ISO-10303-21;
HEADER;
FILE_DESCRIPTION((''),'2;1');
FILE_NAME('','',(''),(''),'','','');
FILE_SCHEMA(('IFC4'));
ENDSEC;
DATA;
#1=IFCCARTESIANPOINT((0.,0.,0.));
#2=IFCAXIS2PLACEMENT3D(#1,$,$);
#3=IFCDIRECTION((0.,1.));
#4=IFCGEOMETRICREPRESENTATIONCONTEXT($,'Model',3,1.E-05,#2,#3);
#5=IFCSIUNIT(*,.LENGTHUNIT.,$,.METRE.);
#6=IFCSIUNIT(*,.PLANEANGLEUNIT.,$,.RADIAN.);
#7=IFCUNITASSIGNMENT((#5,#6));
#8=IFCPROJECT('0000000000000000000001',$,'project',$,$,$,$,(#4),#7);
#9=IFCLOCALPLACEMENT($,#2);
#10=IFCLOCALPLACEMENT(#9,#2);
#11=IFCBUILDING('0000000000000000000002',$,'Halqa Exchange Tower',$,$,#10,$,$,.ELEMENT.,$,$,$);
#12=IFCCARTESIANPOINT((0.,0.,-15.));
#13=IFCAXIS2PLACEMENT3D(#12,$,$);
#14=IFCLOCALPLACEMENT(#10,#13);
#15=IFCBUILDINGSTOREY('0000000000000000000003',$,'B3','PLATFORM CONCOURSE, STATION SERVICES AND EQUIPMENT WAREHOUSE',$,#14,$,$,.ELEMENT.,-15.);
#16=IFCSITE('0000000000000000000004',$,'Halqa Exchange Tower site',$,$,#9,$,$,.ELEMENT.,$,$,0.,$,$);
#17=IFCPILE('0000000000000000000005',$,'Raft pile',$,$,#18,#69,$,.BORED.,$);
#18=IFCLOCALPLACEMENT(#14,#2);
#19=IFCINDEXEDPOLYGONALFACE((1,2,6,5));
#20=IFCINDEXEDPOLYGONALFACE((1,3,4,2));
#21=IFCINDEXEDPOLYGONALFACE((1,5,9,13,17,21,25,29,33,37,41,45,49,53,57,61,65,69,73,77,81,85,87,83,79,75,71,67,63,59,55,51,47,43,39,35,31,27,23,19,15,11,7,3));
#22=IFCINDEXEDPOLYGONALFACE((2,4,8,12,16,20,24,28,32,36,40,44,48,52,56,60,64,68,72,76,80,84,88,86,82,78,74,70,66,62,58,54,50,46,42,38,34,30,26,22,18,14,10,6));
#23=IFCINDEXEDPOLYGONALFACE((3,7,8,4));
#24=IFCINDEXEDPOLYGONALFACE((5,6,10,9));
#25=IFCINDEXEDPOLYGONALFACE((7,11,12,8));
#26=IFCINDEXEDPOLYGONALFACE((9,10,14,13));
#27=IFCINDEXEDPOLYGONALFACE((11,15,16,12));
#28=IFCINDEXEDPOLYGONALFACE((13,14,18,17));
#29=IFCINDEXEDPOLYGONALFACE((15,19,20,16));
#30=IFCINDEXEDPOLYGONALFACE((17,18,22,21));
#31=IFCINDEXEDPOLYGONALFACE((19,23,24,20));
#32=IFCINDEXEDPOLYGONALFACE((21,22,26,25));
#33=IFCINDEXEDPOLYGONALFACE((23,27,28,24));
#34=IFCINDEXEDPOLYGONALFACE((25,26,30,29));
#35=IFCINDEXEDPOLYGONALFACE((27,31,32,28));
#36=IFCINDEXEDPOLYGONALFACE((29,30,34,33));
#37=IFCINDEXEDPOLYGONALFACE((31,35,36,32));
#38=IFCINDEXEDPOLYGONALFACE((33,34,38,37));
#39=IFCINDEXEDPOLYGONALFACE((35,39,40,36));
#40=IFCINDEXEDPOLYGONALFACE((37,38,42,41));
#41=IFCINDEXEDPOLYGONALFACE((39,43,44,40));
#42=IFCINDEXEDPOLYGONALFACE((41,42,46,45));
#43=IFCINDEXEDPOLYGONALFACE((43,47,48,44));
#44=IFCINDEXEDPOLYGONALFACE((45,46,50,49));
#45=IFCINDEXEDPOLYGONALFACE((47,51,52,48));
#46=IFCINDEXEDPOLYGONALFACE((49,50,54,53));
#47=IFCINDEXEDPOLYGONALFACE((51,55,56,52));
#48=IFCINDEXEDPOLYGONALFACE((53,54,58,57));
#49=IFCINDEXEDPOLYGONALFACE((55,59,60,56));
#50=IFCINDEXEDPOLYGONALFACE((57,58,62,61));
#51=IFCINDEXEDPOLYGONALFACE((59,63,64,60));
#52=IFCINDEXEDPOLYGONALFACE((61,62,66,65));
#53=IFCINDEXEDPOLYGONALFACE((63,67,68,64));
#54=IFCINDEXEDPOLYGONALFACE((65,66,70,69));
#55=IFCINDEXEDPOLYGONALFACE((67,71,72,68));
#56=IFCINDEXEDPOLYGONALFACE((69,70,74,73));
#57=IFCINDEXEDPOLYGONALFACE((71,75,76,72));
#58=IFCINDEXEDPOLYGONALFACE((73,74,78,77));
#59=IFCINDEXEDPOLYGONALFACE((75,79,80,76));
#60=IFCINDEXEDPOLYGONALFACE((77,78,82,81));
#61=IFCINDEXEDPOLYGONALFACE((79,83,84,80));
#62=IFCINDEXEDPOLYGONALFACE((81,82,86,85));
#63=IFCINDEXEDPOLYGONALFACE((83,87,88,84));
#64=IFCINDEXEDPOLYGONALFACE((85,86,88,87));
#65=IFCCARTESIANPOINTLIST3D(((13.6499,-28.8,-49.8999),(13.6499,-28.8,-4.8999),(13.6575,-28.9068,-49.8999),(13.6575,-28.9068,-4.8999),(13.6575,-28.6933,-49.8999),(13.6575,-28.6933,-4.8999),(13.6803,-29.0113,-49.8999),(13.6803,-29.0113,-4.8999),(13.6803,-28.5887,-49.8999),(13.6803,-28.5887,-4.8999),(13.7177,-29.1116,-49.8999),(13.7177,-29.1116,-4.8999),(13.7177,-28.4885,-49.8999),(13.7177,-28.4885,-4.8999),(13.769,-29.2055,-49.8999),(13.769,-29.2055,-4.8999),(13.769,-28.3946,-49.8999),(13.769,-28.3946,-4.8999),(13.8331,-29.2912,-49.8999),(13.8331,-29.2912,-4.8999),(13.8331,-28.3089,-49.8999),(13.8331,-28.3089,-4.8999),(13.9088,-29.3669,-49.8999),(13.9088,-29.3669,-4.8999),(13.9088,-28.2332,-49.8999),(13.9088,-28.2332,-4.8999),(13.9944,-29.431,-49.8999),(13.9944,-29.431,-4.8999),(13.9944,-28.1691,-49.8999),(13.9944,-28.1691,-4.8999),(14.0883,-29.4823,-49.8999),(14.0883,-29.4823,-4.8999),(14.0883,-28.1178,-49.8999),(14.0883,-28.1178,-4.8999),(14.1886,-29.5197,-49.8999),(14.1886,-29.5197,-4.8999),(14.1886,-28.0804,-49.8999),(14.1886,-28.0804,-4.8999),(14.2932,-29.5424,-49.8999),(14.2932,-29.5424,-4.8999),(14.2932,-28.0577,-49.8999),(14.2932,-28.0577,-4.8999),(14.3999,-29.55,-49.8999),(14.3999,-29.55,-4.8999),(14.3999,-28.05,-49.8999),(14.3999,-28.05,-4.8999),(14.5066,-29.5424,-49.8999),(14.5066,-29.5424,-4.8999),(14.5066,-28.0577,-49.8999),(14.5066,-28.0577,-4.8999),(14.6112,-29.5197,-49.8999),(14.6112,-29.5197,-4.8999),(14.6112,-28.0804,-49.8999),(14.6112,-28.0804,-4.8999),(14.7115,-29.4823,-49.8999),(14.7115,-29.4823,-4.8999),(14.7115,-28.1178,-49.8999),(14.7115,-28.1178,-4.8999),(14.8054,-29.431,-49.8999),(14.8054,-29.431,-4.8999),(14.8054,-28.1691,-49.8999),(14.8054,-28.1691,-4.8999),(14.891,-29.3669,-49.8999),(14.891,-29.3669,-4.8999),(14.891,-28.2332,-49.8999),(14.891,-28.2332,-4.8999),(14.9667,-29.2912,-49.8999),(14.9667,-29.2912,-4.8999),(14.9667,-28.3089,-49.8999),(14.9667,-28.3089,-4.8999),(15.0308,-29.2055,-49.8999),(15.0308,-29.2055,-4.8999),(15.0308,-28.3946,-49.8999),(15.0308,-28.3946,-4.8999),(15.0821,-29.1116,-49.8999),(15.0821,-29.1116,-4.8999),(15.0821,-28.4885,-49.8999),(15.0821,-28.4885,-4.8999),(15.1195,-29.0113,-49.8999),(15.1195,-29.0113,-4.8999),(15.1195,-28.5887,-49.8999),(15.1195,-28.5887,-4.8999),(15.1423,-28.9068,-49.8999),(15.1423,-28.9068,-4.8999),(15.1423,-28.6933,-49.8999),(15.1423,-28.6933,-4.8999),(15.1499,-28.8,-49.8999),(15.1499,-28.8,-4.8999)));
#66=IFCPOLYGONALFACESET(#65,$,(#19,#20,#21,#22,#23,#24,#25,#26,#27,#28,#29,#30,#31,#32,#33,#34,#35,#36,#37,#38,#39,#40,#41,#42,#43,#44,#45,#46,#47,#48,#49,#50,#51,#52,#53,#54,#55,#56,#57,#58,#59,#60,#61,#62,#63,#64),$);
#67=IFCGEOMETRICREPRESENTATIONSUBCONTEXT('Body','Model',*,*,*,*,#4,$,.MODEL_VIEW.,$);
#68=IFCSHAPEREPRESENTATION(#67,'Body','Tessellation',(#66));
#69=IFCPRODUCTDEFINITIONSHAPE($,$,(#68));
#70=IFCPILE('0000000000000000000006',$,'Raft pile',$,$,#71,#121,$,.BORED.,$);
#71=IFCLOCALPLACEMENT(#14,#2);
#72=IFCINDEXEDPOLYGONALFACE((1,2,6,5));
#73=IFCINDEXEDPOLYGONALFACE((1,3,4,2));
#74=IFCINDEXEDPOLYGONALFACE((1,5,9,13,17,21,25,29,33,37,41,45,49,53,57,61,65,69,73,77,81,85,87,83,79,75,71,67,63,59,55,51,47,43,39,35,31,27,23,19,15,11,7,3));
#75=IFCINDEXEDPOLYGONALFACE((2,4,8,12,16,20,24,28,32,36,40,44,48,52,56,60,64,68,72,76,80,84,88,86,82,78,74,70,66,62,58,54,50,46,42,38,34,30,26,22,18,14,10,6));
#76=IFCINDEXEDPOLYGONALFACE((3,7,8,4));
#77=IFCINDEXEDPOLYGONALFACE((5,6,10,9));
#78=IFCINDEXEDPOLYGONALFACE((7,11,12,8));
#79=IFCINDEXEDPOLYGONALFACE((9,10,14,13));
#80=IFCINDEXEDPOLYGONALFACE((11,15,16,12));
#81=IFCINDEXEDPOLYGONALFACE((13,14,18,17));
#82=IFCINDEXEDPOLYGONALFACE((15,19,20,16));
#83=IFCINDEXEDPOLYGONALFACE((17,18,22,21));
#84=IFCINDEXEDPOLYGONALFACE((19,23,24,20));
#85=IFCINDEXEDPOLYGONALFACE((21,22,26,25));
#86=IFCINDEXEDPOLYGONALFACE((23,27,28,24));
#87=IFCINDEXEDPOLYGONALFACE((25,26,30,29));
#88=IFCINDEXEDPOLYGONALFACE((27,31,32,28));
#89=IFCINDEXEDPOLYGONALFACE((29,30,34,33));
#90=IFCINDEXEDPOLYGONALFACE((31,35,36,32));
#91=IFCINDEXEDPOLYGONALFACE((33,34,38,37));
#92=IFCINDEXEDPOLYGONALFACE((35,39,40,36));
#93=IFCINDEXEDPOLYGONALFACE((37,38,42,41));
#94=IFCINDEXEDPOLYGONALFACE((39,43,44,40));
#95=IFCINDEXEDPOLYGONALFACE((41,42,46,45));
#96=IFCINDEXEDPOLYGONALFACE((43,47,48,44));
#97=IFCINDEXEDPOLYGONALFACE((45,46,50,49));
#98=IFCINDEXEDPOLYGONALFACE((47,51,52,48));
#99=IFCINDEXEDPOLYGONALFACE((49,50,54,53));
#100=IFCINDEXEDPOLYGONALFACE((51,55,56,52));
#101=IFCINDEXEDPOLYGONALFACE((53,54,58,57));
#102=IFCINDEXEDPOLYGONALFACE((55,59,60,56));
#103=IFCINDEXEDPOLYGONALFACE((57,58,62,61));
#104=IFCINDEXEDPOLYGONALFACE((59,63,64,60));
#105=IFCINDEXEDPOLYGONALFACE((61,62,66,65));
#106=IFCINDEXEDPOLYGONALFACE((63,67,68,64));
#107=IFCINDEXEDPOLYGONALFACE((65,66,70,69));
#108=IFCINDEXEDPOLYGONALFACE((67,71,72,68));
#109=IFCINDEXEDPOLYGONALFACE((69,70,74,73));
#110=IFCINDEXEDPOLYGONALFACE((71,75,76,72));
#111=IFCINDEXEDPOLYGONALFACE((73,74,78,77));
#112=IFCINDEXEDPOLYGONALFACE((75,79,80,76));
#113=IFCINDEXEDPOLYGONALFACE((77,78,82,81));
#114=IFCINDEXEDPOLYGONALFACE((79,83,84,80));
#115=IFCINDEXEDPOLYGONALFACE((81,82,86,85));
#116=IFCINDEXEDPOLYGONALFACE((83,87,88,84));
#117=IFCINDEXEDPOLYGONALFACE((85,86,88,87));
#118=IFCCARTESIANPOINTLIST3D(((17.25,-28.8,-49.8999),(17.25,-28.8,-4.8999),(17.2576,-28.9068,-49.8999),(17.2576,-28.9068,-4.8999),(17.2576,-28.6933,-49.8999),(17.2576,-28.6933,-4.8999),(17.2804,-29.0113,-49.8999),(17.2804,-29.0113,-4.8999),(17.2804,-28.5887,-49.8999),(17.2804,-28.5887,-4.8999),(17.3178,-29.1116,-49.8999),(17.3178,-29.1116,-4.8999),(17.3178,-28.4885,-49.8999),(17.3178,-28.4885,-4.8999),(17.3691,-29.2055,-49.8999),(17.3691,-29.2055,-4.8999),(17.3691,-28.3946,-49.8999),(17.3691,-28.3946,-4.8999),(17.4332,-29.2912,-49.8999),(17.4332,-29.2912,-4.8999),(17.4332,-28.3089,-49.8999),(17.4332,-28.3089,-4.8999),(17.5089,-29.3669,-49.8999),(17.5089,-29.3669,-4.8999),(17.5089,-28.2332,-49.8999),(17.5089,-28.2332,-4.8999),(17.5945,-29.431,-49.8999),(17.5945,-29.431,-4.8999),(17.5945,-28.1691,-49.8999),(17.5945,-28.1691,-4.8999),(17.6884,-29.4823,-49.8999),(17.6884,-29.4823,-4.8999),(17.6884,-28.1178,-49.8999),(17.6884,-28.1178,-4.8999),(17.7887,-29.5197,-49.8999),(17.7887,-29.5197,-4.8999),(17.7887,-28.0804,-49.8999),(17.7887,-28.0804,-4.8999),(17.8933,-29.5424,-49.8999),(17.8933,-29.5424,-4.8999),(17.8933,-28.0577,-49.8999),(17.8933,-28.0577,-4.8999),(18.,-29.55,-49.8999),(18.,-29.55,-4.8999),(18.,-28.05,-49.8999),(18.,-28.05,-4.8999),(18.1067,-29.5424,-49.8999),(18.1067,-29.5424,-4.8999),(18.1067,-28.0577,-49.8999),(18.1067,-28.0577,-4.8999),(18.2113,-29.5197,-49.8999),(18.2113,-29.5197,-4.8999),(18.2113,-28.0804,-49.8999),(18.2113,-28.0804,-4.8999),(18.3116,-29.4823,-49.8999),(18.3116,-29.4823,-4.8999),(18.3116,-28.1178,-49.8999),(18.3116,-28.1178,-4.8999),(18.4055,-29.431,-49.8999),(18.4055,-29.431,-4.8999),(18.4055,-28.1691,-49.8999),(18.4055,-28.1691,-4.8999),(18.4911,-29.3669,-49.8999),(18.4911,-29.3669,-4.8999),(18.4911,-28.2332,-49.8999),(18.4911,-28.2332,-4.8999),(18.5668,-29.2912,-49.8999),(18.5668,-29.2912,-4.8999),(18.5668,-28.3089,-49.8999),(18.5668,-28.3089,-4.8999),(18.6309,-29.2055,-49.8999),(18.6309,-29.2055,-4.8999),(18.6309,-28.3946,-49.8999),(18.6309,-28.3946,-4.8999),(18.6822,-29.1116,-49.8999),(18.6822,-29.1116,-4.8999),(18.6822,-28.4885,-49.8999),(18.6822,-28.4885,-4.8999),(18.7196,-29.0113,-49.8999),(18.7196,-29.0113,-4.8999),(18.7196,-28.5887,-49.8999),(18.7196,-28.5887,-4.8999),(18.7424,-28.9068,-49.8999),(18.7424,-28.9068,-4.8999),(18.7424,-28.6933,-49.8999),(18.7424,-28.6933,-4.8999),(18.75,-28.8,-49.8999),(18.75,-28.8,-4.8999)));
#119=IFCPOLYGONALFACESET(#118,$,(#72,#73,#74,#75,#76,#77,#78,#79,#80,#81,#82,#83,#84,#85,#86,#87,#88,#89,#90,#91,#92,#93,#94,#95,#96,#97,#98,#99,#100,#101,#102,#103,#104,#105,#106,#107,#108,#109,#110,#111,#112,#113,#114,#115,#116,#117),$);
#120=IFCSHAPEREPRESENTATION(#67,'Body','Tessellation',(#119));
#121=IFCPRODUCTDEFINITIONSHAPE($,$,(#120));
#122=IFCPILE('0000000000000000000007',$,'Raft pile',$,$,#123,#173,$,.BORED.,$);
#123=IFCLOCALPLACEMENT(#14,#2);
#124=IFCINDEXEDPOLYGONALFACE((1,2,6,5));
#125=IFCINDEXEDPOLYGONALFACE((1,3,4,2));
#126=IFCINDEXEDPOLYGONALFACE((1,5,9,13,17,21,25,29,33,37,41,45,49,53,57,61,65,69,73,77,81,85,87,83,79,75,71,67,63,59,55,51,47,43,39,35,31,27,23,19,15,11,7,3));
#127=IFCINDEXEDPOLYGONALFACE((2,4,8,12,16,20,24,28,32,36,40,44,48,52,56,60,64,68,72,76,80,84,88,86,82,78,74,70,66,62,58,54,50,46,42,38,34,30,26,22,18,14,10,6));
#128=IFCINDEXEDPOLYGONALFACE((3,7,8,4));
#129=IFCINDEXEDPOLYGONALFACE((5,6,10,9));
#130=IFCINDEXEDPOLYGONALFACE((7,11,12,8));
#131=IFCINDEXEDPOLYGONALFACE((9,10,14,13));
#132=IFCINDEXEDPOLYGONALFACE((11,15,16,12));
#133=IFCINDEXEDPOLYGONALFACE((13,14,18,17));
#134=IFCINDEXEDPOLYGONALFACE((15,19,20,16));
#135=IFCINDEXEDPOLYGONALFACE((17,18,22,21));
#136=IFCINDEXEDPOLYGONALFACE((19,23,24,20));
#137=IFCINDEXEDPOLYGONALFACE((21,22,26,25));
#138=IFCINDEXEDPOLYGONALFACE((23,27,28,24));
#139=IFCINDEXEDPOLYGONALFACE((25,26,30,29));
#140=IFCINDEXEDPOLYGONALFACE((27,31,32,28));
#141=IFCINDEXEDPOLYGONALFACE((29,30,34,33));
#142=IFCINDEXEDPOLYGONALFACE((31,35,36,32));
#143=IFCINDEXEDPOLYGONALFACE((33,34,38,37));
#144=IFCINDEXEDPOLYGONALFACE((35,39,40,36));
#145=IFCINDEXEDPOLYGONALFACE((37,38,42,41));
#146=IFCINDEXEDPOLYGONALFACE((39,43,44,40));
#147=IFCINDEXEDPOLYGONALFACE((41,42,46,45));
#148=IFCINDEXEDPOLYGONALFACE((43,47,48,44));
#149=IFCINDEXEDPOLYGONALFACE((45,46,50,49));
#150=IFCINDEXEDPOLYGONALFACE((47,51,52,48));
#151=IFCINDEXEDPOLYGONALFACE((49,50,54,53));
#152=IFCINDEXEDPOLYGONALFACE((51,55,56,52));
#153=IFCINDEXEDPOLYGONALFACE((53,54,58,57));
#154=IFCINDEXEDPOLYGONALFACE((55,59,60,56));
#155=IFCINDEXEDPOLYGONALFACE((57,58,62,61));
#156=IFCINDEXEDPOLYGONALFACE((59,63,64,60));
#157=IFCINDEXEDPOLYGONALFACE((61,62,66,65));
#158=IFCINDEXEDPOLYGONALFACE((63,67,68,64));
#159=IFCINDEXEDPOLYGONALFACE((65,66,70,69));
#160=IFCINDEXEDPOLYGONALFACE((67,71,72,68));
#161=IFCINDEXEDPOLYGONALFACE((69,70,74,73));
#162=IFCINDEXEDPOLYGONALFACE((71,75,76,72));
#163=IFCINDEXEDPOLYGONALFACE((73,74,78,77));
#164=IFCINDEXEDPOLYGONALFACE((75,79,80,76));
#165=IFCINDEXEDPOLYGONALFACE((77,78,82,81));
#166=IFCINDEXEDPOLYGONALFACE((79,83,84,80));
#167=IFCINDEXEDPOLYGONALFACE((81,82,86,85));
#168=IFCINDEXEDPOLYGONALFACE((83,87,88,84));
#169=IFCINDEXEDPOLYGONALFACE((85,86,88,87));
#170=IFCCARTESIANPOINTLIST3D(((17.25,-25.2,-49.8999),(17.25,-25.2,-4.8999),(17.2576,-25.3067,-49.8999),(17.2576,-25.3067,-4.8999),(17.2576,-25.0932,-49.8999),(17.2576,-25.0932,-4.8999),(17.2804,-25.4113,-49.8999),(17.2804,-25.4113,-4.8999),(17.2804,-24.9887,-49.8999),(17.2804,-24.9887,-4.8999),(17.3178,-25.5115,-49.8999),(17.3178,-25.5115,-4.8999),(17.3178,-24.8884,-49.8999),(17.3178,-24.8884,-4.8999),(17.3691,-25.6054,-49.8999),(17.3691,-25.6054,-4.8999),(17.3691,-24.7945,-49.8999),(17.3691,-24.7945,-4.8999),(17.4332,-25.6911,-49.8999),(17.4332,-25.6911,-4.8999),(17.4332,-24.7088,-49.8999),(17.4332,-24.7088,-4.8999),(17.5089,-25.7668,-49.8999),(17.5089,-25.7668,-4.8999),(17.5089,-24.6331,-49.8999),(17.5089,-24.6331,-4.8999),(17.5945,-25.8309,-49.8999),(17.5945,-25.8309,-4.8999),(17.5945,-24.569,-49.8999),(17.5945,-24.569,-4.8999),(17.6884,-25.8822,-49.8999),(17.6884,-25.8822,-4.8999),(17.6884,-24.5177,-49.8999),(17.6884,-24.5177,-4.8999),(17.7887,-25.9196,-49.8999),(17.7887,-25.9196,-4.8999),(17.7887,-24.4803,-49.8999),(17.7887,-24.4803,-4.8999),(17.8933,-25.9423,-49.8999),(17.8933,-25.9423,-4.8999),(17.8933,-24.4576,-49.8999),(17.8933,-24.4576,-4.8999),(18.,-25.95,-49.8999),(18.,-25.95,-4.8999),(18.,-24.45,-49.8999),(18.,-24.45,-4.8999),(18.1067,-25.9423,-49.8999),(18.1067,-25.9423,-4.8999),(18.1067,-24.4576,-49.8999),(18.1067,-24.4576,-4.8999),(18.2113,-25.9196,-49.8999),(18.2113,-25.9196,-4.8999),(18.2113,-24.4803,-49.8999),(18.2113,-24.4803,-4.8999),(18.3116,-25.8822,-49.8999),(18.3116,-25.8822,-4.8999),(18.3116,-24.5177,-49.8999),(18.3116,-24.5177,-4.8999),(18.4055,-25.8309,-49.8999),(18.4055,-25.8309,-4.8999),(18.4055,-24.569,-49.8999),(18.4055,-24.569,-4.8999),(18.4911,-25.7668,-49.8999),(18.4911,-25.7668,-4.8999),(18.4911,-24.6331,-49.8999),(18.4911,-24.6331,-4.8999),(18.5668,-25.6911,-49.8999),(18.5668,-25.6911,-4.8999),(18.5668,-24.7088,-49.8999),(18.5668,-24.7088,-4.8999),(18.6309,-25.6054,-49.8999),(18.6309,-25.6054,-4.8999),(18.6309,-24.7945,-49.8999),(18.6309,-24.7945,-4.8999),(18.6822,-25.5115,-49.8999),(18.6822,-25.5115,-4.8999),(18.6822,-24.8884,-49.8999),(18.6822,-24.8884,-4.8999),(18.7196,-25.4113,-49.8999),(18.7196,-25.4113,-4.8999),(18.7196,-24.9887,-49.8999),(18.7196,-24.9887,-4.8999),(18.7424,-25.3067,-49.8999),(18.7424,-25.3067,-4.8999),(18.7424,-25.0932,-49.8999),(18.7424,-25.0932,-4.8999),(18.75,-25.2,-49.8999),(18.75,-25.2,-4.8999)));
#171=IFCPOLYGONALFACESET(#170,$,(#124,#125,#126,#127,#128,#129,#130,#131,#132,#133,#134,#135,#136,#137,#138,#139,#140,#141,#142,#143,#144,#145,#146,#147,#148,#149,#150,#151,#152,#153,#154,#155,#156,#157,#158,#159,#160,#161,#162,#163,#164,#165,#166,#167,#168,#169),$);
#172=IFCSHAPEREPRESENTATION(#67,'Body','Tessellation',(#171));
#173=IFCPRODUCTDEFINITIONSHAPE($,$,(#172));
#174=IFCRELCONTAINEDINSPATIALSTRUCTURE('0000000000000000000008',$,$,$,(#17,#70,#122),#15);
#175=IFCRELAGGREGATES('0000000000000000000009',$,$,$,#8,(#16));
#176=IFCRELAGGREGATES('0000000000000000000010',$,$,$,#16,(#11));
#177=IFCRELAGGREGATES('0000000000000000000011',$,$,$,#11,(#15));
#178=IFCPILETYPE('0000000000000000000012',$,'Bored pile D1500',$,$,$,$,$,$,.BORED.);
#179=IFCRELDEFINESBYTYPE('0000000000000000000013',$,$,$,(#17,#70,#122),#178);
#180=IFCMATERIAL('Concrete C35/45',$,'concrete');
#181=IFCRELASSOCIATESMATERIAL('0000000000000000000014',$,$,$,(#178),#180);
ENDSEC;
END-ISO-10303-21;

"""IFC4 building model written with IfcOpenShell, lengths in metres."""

from ifc_helpers import new_model, si_unit, direction, frame, origin, origin_2d, place, context, subcontext, project, spatial, circle, extrude, material, material_profile, profile_set, type_object, element, save


model = new_model("IFC4")

# Units and contexts
model_context = context("Model", 3, precision=1e-05, world=origin(), true_north=direction((0.0, 1.0)))
body_context = subcontext(model_context, "Body", "Model", "MODEL_VIEW")
ifc_project = project(units=[si_unit("LENGTHUNIT", "METRE"), si_unit("PLANEANGLEUNIT", "RADIAN")], contexts=[model_context])

# Site, building, storey
site_placement = place(None, origin())
site = spatial("IfcSite", under=ifc_project, at=site_placement, Name="Halqa Exchange Tower site", CompositionType="ELEMENT", RefElevation=0.0)
building_placement = place(site_placement, origin())
building = spatial("IfcBuilding", under=site, at=building_placement, Name="Halqa Exchange Tower", CompositionType="ELEMENT")
storey_placement = place(building_placement, frame((0.0, 0.0, -15.0)))
storey = spatial("IfcBuildingStorey", under=building, at=storey_placement, Name="B3", Description="PLATFORM CONCOURSE, STATION SERVICES AND EQUIPMENT WAREHOUSE", CompositionType="ELEMENT", Elevation=-15.0)

# Piles
ifc_material_1 = material(Name="Concrete C35/45", Category="concrete")
ifc_material_profile_1 = material_profile(ifc_material_1, circle(Radius=0.75, at=origin_2d()), Name="D1500")
ifc_profile_set_1 = profile_set([ifc_material_profile_1], Name="Concrete C35/45")
pile_type_1 = type_object("IfcPileType", Name="Bored pile D1500", PredefinedType="BORED", material=ifc_profile_set_1)
for number, where, z_axis, x_axis, name in (
    (1, (14.3999, -28.8, -4.8999), (0.0, 0.0, -1.0), (1.0, 0.0, 0.0), "Raft pile"),
    (2, (18.0, -28.8, -4.8999), (0.0, 0.0, -1.0), (1.0, 0.0, 0.0), "Raft pile"),
    (3, (18.0, -25.2, -4.8999), (0.0, 0.0, -1.0), (1.0, 0.0, 0.0), "Raft pile"),
):
    element("IfcPile", number, at=place(storey_placement, frame(where, z_axis=z_axis, x_axis=x_axis)), inside=storey, type_object=pile_type_1, Name=name, PredefinedType="BORED", context=body_context, shape_type="SweptSolid", body=[
        extrude(circle(Radius=0.75, at=origin_2d()), origin(), (0.0, 0.0, 1.0), 45.0),
    ])

save(model, "model.ifc")
